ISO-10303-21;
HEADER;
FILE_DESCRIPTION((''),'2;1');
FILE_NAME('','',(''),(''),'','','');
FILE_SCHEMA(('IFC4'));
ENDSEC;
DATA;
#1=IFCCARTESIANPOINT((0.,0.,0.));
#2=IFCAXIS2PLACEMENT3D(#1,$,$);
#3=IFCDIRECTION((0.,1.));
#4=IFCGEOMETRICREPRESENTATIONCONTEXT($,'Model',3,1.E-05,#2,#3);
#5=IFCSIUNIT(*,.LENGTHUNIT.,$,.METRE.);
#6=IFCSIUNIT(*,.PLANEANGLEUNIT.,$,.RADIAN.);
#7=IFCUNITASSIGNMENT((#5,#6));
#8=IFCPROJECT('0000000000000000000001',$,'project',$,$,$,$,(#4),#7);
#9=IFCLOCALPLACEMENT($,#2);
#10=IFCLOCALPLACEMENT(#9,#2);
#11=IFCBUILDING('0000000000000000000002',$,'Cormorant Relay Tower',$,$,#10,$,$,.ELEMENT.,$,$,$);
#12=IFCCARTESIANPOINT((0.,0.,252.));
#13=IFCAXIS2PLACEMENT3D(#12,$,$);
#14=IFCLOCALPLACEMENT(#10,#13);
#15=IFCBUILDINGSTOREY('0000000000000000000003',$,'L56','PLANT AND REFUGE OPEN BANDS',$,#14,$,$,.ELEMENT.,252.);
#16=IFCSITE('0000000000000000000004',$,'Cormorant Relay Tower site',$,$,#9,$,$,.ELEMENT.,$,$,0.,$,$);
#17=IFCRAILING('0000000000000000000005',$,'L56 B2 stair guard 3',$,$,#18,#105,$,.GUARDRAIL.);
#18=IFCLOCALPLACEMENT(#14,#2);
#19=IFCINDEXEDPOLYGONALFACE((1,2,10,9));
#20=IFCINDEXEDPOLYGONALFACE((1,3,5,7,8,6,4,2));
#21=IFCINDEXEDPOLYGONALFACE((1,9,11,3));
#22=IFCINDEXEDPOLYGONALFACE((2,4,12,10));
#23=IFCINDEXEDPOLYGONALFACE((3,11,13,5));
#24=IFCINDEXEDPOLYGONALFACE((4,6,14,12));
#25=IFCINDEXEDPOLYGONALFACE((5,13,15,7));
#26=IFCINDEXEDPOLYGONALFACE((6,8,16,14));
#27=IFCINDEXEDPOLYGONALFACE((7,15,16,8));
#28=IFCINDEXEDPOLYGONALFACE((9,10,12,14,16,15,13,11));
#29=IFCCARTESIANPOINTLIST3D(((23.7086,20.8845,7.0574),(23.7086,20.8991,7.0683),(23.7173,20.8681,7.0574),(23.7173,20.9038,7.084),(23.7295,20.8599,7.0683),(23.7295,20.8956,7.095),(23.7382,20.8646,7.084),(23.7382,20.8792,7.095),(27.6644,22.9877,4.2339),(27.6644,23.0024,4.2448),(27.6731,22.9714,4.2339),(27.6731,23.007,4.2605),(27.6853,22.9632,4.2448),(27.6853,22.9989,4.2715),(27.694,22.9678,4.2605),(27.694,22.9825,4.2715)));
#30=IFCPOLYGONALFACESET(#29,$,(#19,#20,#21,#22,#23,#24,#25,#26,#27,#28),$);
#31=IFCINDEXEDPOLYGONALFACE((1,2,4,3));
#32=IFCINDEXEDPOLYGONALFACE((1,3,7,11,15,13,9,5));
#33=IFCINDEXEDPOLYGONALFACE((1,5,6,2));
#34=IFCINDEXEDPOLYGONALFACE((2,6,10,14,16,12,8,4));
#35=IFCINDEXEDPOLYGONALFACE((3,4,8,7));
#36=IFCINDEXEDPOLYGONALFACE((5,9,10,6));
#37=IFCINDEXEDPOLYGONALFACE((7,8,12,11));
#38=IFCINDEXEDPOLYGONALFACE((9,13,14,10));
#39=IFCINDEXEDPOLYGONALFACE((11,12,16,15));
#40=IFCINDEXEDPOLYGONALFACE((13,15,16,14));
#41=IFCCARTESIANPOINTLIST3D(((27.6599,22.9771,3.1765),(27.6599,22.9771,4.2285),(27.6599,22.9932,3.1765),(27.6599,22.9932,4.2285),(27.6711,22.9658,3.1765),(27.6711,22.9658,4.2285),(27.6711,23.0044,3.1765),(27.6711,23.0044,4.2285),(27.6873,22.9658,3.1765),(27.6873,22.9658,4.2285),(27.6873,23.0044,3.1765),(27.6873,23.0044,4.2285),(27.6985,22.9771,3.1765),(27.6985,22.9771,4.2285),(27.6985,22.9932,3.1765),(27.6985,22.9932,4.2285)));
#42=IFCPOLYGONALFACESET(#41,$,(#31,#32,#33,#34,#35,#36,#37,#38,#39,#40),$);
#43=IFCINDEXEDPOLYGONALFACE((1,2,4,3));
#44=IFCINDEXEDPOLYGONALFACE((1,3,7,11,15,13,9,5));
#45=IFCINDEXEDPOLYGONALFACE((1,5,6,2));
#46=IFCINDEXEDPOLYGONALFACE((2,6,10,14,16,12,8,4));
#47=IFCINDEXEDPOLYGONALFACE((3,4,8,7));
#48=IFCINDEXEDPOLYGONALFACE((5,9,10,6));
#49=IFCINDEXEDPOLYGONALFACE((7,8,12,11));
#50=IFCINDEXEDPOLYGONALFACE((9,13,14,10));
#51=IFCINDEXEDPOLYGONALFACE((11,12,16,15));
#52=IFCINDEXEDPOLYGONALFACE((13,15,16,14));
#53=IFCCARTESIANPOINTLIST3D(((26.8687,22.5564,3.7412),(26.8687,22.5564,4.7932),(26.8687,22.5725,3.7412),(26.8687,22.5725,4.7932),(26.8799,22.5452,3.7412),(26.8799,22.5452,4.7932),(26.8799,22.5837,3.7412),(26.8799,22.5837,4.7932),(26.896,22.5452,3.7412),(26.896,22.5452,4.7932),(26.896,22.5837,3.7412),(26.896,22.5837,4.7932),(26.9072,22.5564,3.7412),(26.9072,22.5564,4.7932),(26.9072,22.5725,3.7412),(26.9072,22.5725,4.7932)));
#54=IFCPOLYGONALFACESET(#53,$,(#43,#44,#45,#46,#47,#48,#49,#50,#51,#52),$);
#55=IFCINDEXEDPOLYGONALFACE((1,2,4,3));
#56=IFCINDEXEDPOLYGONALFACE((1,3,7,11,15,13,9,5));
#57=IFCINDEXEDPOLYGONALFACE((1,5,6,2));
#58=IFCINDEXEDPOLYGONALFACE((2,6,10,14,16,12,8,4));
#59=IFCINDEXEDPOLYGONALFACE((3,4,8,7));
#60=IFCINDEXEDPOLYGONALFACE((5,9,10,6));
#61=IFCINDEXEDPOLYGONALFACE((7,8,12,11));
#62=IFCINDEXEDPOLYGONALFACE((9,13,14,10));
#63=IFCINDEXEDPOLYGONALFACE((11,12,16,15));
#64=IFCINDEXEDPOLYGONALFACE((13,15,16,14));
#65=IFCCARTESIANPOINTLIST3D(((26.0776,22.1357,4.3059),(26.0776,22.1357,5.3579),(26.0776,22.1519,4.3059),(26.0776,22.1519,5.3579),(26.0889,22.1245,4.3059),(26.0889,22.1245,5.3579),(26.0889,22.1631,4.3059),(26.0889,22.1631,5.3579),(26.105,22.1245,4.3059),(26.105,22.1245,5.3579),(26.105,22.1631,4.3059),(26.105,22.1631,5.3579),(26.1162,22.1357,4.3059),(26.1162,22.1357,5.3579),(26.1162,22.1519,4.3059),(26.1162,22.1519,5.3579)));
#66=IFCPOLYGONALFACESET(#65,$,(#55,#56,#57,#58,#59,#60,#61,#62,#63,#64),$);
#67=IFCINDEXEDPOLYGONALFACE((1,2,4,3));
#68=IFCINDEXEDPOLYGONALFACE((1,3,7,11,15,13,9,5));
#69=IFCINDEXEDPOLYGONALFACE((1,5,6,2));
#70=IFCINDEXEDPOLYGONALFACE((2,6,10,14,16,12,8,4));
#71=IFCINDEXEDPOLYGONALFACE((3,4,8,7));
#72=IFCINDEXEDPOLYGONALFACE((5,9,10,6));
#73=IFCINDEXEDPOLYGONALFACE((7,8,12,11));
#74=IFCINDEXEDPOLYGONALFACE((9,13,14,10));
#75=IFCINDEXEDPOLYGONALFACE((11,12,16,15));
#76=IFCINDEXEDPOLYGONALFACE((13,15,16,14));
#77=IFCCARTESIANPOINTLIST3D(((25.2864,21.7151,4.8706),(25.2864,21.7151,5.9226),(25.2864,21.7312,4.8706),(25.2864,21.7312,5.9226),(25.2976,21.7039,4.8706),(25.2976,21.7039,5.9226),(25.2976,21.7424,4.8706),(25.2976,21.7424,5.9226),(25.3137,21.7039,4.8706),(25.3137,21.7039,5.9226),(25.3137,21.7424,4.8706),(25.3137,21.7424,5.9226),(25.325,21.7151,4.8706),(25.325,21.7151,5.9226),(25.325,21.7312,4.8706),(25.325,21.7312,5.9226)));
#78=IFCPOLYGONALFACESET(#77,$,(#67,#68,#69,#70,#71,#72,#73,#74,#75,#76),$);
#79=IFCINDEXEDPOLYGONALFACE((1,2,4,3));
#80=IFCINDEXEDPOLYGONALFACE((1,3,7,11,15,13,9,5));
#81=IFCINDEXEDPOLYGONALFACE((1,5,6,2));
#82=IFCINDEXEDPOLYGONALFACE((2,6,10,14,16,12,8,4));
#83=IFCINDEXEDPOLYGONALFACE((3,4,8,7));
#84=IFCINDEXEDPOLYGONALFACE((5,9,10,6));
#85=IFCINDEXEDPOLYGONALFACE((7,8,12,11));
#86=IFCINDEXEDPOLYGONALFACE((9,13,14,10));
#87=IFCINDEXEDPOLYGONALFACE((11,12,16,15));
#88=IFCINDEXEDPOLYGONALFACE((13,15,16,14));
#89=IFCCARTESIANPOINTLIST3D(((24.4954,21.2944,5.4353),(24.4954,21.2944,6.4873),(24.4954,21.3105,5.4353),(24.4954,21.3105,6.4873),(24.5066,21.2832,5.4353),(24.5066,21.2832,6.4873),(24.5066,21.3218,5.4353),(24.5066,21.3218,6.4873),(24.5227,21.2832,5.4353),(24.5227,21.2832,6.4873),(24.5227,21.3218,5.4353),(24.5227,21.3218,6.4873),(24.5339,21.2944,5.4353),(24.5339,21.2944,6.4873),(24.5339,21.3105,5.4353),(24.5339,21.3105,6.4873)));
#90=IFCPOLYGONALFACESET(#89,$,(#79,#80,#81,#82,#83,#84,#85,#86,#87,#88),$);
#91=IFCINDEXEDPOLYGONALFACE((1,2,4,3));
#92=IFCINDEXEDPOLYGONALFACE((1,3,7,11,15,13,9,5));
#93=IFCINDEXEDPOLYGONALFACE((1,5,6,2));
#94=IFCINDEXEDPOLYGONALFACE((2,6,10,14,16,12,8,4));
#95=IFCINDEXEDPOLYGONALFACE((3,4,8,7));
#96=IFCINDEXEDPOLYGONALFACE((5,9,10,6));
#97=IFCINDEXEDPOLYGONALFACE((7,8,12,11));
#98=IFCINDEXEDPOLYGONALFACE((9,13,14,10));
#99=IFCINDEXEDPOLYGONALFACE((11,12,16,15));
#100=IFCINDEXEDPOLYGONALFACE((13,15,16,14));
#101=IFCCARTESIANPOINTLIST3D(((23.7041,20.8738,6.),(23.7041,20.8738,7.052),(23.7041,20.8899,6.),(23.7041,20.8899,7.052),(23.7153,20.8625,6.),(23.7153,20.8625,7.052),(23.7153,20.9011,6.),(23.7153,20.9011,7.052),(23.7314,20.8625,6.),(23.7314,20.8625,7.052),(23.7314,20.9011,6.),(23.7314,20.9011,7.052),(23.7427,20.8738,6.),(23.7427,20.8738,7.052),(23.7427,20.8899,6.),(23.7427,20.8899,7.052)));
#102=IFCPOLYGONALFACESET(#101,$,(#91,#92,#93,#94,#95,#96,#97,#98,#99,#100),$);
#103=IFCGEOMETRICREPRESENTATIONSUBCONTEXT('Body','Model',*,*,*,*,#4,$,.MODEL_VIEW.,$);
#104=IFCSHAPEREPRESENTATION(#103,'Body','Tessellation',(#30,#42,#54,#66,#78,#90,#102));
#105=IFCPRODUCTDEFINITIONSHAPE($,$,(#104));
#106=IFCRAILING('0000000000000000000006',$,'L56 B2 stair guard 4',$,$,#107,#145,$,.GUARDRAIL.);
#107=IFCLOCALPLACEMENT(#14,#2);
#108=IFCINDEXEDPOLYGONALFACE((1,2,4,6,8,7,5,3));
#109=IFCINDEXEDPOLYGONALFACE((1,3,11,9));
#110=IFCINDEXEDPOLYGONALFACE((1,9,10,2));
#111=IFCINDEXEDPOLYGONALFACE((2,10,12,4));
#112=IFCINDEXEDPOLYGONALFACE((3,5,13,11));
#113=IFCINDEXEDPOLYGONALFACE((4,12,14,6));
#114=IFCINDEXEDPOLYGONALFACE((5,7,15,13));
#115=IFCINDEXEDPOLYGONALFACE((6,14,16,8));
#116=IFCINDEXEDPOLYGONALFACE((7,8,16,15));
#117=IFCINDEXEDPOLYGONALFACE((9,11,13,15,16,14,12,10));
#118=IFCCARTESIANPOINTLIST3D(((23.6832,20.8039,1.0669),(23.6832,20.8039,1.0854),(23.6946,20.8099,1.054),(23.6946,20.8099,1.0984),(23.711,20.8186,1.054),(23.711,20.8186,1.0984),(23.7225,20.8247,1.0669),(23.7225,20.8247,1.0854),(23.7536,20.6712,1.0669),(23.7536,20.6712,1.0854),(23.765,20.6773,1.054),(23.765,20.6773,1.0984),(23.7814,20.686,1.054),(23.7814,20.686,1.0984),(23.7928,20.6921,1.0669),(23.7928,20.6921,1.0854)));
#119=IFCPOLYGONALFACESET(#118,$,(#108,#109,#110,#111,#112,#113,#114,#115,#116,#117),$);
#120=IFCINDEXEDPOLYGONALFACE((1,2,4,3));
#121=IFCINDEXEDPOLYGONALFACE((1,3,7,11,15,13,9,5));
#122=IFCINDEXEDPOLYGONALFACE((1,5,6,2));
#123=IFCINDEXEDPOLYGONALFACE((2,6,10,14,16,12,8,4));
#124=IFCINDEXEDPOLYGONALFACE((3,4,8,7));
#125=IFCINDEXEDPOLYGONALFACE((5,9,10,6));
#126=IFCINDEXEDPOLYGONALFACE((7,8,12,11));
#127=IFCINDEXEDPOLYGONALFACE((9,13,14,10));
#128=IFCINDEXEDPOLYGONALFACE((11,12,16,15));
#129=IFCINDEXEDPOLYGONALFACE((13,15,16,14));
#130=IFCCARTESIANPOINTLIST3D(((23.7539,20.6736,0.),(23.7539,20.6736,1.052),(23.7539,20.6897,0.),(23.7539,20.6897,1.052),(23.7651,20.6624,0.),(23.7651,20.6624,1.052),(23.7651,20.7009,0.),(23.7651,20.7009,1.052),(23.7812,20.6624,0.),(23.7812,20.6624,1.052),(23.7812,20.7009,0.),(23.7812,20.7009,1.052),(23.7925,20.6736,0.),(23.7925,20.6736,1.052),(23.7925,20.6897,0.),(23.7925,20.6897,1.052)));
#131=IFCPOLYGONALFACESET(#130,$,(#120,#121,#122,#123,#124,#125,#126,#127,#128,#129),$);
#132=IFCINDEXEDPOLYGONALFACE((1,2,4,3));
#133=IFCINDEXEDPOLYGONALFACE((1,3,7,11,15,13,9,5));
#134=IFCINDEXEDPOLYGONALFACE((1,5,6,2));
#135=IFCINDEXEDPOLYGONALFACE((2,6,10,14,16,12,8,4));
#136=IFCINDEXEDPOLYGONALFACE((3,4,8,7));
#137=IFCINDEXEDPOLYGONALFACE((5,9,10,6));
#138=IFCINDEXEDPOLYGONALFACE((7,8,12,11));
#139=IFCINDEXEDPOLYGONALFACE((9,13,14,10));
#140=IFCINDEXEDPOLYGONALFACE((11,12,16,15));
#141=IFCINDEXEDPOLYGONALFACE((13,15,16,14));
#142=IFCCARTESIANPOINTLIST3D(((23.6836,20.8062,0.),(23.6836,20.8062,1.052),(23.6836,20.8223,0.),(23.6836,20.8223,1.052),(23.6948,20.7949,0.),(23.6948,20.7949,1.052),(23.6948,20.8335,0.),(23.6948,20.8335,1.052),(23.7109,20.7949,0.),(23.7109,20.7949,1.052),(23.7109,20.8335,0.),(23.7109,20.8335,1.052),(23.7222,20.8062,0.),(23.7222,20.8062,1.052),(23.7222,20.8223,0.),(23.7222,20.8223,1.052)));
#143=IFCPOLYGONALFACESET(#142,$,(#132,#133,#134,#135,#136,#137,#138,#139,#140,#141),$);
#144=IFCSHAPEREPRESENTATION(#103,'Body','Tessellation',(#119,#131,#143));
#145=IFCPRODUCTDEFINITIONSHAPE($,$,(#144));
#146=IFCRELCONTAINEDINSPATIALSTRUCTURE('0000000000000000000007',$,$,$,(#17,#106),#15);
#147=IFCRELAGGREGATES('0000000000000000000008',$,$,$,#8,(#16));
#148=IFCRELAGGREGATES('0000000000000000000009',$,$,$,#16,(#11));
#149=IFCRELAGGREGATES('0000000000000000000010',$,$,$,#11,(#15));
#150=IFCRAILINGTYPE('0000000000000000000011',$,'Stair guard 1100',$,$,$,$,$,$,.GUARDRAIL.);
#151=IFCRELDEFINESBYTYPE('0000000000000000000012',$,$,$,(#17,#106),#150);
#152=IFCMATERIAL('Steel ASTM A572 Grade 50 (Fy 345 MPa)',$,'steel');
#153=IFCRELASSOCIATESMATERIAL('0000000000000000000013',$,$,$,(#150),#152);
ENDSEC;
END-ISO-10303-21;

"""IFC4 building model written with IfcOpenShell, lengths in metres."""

from ifc_helpers import new_model, si_unit, direction, frame, origin, place, context, subcontext, project, spatial, polyline, outline, extrude, material, type_object, element, save


model = new_model("IFC4")

# Units and contexts
model_context = context("Model", 3, precision=1e-05, world=origin(), true_north=direction((0.0, 1.0)))
body_context = subcontext(model_context, "Body", "Model", "MODEL_VIEW")
ifc_project = project(units=[si_unit("LENGTHUNIT", "METRE"), si_unit("PLANEANGLEUNIT", "RADIAN")], contexts=[model_context])

# Site, building, storey
site_placement = place(None, origin())
site = spatial("IfcSite", under=ifc_project, at=site_placement, Name="Cormorant Relay Tower site", CompositionType="ELEMENT", RefElevation=0.0)
building_placement = place(site_placement, origin())
building = spatial("IfcBuilding", under=site, at=building_placement, Name="Cormorant Relay Tower", CompositionType="ELEMENT")
storey_placement = place(building_placement, frame((0.0, 0.0, 252.0)))
storey = spatial("IfcBuildingStorey", under=building, at=storey_placement, Name="L56", Description="PLANT AND REFUGE OPEN BANDS", CompositionType="ELEMENT", Elevation=252.0)

# Railings
ifc_material_1 = material(Name="Steel ASTM A572 Grade 50 (Fy 345 MPa)", Category="steel")
railing_type_1 = type_object("IfcRailingType", Name="Stair guard 1100", PredefinedType="GUARDRAIL", material=ifc_material_1)
railing_1_placement = place(storey_placement, frame((27.6792, 22.9851, 3.1765)))
element("IfcRailing", 1, at=railing_1_placement, inside=storey, type_object=railing_type_1, Name="L56 B2 stair guard 3", PredefinedType="GUARDRAIL", context=body_context, shape_type="SweptSolid", body=[
    extrude(outline(polyline([(0.0222, 0.0093), (0.0093, 0.0222), (-0.0093, 0.0222), (-0.0222, 0.0093), (-0.0222, -0.0093), (-0.0093, -0.0222), (0.0093, -0.0222), (0.0222, -0.0093), (0.0222, 0.0093)])), frame((0.0, 0.0, 1.0762), z_axis=(-0.746988, -0.397167, 0.533168), x_axis=(0.469459, -0.882954, 0.0)), (0.0, 0.0, 1.0), 5.2957),
    extrude(outline(polyline([(0.0193, 0.0081), (0.0081, 0.0193), (-0.0081, 0.0193), (-0.0193, 0.0081), (-0.0193, -0.0081), (-0.0081, -0.0193), (0.0081, -0.0193), (0.0193, -0.0081), (0.0193, 0.0081)])), origin(), (0.0, 0.0, 1.0), 1.052),
    extrude(outline(polyline([(0.0193, 0.0081), (0.0081, 0.0193), (-0.0081, 0.0193), (-0.0193, 0.0081), (-0.0193, -0.0081), (-0.0081, -0.0193), (0.0081, -0.0193), (0.0193, -0.0081), (0.0193, 0.0081)])), frame((-0.7913, -0.4207, 0.5647)), (0.0, 0.0, 1.0), 1.052),
    extrude(outline(polyline([(0.0193, 0.0081), (0.0081, 0.0193), (-0.0081, 0.0193), (-0.0193, 0.0081), (-0.0193, -0.0081), (-0.0081, -0.0193), (0.0081, -0.0193), (0.0193, -0.0081), (0.0193, 0.0081)])), frame((-1.5823, -0.8413, 1.1294)), (0.0, 0.0, 1.0), 1.052),
    extrude(outline(polyline([(0.0193, 0.0081), (0.0081, 0.0193), (-0.0081, 0.0193), (-0.0193, 0.0081), (-0.0193, -0.0081), (-0.0081, -0.0193), (0.0081, -0.0193), (0.0193, -0.0081), (0.0193, 0.0081)])), frame((-2.3735, -1.262, 1.6941)), (0.0, 0.0, 1.0), 1.052),
    extrude(outline(polyline([(0.0193, 0.0081), (0.0081, 0.0193), (-0.0081, 0.0193), (-0.0193, 0.0081), (-0.0193, -0.0081), (-0.0081, -0.0193), (0.0081, -0.0193), (0.0193, -0.0081), (0.0193, 0.0081)])), frame((-3.1646, -1.6826, 2.2588)), (0.0, 0.0, 1.0), 1.052),
    extrude(outline(polyline([(0.0193, 0.0081), (0.0081, 0.0193), (-0.0081, 0.0193), (-0.0193, 0.0081), (-0.0193, -0.0081), (-0.0081, -0.0193), (0.0081, -0.0193), (0.0193, -0.0081), (0.0193, 0.0081)])), frame((-3.9558, -2.1033, 2.8235)), (0.0, 0.0, 1.0), 1.052),
])
railing_2_placement = place(storey_placement, frame((23.7732, 20.6816, 0.0)))
element("IfcRailing", 2, at=railing_2_placement, inside=storey, type_object=railing_type_1, Name="L56 B2 stair guard 4", PredefinedType="GUARDRAIL", context=body_context, shape_type="SweptSolid", body=[
    extrude(outline(polyline([(0.0222, 0.0093), (0.0093, 0.0222), (-0.0093, 0.0222), (-0.0222, 0.0093), (-0.0222, -0.0093), (-0.0093, -0.0222), (0.0093, -0.0222), (0.0222, -0.0093), (0.0222, 0.0093)])), frame((0.0, 0.0, 1.0762), z_axis=(-0.46856, 0.883431, 0.0), x_axis=(-0.883431, -0.46856, 0.0)), (0.0, 0.0, 1.0), 0.1501),
    extrude(outline(polyline([(0.0193, 0.0081), (0.0081, 0.0193), (-0.0081, 0.0193), (-0.0193, 0.0081), (-0.0193, -0.0081), (-0.0081, -0.0193), (0.0081, -0.0193), (0.0193, -0.0081), (0.0193, 0.0081)])), origin(), (0.0, 0.0, 1.0), 1.052),
    extrude(outline(polyline([(0.0193, 0.0081), (0.0081, 0.0193), (-0.0081, 0.0193), (-0.0193, 0.0081), (-0.0193, -0.0081), (-0.0081, -0.0193), (0.0081, -0.0193), (0.0193, -0.0081), (0.0193, 0.0081)])), frame((-0.0703, 0.1326, 0.0)), (0.0, 0.0, 1.0), 1.052),
])

save(model, "model.ifc")
